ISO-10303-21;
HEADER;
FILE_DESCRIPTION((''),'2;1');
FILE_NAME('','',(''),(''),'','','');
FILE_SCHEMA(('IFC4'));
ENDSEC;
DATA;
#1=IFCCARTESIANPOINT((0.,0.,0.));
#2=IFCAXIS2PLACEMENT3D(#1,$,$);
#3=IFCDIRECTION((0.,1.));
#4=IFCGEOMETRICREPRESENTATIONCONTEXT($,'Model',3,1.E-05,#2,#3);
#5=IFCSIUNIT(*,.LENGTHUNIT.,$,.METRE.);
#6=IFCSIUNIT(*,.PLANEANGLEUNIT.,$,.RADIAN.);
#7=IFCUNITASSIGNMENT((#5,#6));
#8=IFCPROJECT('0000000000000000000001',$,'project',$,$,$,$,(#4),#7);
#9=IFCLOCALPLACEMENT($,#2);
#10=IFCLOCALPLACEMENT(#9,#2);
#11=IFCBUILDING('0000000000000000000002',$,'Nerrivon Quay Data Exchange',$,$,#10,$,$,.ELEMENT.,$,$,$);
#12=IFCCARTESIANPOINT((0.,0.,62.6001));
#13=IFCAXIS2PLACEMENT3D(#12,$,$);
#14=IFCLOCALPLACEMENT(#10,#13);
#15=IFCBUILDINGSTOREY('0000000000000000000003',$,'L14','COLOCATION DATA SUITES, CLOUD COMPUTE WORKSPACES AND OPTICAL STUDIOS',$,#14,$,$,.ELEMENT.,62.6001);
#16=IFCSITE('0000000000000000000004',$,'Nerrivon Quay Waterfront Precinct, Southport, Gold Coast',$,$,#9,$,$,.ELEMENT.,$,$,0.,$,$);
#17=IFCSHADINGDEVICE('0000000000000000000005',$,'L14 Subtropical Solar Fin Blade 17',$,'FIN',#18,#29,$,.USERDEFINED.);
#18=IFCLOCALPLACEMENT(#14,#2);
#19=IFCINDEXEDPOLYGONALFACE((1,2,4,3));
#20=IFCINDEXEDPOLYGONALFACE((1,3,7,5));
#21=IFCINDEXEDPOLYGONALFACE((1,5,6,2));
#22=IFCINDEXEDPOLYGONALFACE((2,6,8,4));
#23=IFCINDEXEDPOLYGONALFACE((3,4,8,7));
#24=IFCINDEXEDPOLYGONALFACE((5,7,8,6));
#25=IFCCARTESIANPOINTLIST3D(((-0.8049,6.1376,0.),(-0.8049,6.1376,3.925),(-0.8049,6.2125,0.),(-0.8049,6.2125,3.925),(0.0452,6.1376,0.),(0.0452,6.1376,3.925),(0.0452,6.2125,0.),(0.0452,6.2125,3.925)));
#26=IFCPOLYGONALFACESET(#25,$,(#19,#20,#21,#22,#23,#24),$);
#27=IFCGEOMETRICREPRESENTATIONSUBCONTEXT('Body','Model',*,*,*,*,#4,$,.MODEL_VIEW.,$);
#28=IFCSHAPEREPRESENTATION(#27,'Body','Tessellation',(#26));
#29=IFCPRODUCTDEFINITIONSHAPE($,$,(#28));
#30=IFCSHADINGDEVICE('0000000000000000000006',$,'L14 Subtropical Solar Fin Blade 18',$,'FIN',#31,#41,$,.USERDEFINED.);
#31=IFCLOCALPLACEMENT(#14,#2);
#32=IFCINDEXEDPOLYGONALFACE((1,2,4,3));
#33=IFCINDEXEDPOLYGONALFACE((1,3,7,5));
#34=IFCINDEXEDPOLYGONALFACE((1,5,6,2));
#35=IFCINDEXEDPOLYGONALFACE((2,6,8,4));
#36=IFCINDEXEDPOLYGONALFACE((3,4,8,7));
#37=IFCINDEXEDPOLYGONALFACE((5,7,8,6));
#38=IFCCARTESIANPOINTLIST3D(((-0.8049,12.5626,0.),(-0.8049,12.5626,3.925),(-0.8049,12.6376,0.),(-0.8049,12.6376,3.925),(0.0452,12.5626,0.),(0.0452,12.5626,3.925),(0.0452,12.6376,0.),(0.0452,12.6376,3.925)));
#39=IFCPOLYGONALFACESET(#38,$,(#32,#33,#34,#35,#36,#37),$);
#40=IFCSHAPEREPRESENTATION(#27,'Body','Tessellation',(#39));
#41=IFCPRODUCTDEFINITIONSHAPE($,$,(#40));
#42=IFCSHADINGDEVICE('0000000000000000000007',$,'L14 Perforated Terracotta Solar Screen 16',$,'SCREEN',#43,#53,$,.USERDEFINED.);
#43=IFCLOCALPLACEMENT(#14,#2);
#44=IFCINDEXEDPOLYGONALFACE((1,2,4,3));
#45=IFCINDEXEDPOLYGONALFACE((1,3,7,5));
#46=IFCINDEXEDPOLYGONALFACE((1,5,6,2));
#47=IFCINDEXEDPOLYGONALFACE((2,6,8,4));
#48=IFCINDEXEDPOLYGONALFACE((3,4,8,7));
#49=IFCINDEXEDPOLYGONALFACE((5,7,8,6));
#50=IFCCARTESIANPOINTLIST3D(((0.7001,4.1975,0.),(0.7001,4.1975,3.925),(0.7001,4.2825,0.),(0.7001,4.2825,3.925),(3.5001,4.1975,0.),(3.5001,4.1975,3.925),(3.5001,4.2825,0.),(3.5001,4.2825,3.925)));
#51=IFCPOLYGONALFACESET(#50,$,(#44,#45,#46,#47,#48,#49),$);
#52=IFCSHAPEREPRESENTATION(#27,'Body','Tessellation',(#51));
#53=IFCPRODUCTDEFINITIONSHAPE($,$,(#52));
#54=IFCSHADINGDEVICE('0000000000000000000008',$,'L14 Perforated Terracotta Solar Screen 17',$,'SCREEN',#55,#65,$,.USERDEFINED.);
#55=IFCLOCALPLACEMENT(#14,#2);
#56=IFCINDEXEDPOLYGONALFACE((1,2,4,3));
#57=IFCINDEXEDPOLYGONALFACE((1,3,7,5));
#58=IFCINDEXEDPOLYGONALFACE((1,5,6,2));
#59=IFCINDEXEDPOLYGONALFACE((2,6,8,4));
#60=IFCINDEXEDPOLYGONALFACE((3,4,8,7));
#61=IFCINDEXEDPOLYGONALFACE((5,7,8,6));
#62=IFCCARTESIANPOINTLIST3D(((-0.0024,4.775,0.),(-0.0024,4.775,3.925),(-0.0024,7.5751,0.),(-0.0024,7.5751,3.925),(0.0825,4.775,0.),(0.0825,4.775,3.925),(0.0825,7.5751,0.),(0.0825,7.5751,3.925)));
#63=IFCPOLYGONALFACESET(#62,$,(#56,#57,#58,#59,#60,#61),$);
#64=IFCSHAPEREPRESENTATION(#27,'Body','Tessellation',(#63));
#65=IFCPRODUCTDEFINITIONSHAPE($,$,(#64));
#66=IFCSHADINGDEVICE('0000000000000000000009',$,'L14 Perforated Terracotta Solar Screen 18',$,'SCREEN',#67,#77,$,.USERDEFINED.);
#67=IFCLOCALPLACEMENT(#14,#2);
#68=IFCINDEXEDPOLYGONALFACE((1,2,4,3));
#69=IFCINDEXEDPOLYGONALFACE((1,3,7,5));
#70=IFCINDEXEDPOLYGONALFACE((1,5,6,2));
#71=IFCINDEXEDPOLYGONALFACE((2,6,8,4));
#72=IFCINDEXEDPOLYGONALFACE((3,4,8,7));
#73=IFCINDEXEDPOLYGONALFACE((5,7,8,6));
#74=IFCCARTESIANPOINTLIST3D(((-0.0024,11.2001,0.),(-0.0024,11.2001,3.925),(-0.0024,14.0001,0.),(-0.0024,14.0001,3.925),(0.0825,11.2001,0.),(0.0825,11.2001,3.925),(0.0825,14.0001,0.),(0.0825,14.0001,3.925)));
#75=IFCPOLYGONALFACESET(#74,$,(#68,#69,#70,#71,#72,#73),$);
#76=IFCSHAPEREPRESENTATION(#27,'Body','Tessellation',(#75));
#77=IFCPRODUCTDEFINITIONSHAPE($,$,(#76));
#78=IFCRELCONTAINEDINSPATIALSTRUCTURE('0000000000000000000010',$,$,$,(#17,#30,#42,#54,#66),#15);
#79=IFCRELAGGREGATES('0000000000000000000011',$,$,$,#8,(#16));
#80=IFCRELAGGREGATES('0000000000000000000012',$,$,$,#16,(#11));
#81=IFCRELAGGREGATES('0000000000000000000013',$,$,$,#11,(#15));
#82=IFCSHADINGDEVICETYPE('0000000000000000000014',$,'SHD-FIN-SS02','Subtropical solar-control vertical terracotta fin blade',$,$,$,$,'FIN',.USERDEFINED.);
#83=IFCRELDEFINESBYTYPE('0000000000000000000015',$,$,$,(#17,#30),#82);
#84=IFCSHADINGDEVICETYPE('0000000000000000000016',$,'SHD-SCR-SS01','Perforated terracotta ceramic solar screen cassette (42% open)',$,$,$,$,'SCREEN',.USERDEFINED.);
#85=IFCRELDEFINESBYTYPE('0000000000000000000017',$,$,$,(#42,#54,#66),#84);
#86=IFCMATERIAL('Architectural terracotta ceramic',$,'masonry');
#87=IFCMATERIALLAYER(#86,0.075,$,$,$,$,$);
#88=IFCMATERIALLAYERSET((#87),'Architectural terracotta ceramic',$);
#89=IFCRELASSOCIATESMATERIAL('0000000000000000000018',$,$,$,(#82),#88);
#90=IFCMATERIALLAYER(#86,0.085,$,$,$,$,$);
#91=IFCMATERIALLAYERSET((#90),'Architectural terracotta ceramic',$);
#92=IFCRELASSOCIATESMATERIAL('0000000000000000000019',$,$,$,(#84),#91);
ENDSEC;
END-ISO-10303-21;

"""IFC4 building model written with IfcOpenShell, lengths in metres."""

from ifc_helpers import new_model, si_unit, direction, frame, origin, origin_2d, place, context, subcontext, project, spatial, rectangle, extrude, material, layer, layer_set, type_object, element, save


model = new_model("IFC4")

# Units and contexts
model_context = context("Model", 3, precision=1e-05, world=origin(), true_north=direction((0.0, 1.0)))
body_context = subcontext(model_context, "Body", "Model", "MODEL_VIEW")
ifc_project = project(units=[si_unit("LENGTHUNIT", "METRE"), si_unit("PLANEANGLEUNIT", "RADIAN")], contexts=[model_context])

# Site, building, storey
site_placement = place(None, origin())
site = spatial("IfcSite", under=ifc_project, at=site_placement, Name="Nerrivon Quay Waterfront Precinct, Southport, Gold Coast", CompositionType="ELEMENT", RefElevation=0.0)
building_placement = place(site_placement, origin())
building = spatial("IfcBuilding", under=site, at=building_placement, Name="Nerrivon Quay Data Exchange", CompositionType="ELEMENT")
storey_placement = place(building_placement, frame((0.0, 0.0, 62.6001)))
storey = spatial("IfcBuildingStorey", under=building, at=storey_placement, Name="L14", Description="COLOCATION DATA SUITES, CLOUD COMPUTE WORKSPACES AND OPTICAL STUDIOS", CompositionType="ELEMENT", Elevation=62.6001)

# Shared definitions
ifc_material_1 = material(Name="Architectural terracotta ceramic", Category="masonry")

# Shading devices
ifc_layer_1 = layer(ifc_material_1, 0.075)
ifc_layer_set_1 = layer_set([ifc_layer_1], Name="Architectural terracotta ceramic")
shading_device_type_1 = type_object("IfcShadingDeviceType", Name="SHD-FIN-SS02", Description="Subtropical solar-control vertical terracotta fin blade", ElementType="FIN", PredefinedType="USERDEFINED", material=ifc_layer_set_1)
for number, where, z_axis, x_axis, name in (
    (1, (-0.3799, 6.175, 0.0), (0.0, 0.0, 1.0), (0.0, 1.0, 0.0), "L14 Subtropical Solar Fin Blade 17"),
    (2, (-0.3799, 12.6001, 0.0), (0.0, 0.0, 1.0), (0.0, 1.0, 0.0), "L14 Subtropical Solar Fin Blade 18"),
):
    element("IfcShadingDevice", number, at=place(storey_placement, frame(where, z_axis=z_axis, x_axis=x_axis)), inside=storey, type_object=shading_device_type_1, Name=name, ObjectType="FIN", PredefinedType="USERDEFINED", context=body_context, shape_type="SweptSolid", body=[
        extrude(rectangle(XDim=0.075, YDim=0.8501, at=origin_2d()), origin(), (0.0, 0.0, 1.0), 3.925),
    ])
ifc_layer_2 = layer(ifc_material_1, 0.085)
ifc_layer_set_2 = layer_set([ifc_layer_2], Name="Architectural terracotta ceramic")
shading_device_type_2 = type_object("IfcShadingDeviceType", Name="SHD-SCR-SS01", Description="Perforated terracotta ceramic solar screen cassette (42% open)", ElementType="SCREEN", PredefinedType="USERDEFINED", material=ifc_layer_set_2)
for number, where, z_axis, x_axis, name in (
    (3, (2.1001, 4.24, 0.0), (0.0, 0.0, 1.0), (-1.0, 0.0, 0.0), "L14 Perforated Terracotta Solar Screen 16"),
    (4, (0.04, 6.175, 0.0), (0.0, 0.0, 1.0), (0.0, 1.0, 0.0), "L14 Perforated Terracotta Solar Screen 17"),
    (5, (0.04, 12.6001, 0.0), (0.0, 0.0, 1.0), (0.0, 1.0, 0.0), "L14 Perforated Terracotta Solar Screen 18"),
):
    element("IfcShadingDevice", number, at=place(storey_placement, frame(where, z_axis=z_axis, x_axis=x_axis)), inside=storey, type_object=shading_device_type_2, Name=name, ObjectType="SCREEN", PredefinedType="USERDEFINED", context=body_context, shape_type="SweptSolid", body=[
        extrude(rectangle(XDim=2.8, YDim=0.085, at=origin_2d()), origin(), (0.0, 0.0, 1.0), 3.925),
    ])

save(model, "model.ifc")
